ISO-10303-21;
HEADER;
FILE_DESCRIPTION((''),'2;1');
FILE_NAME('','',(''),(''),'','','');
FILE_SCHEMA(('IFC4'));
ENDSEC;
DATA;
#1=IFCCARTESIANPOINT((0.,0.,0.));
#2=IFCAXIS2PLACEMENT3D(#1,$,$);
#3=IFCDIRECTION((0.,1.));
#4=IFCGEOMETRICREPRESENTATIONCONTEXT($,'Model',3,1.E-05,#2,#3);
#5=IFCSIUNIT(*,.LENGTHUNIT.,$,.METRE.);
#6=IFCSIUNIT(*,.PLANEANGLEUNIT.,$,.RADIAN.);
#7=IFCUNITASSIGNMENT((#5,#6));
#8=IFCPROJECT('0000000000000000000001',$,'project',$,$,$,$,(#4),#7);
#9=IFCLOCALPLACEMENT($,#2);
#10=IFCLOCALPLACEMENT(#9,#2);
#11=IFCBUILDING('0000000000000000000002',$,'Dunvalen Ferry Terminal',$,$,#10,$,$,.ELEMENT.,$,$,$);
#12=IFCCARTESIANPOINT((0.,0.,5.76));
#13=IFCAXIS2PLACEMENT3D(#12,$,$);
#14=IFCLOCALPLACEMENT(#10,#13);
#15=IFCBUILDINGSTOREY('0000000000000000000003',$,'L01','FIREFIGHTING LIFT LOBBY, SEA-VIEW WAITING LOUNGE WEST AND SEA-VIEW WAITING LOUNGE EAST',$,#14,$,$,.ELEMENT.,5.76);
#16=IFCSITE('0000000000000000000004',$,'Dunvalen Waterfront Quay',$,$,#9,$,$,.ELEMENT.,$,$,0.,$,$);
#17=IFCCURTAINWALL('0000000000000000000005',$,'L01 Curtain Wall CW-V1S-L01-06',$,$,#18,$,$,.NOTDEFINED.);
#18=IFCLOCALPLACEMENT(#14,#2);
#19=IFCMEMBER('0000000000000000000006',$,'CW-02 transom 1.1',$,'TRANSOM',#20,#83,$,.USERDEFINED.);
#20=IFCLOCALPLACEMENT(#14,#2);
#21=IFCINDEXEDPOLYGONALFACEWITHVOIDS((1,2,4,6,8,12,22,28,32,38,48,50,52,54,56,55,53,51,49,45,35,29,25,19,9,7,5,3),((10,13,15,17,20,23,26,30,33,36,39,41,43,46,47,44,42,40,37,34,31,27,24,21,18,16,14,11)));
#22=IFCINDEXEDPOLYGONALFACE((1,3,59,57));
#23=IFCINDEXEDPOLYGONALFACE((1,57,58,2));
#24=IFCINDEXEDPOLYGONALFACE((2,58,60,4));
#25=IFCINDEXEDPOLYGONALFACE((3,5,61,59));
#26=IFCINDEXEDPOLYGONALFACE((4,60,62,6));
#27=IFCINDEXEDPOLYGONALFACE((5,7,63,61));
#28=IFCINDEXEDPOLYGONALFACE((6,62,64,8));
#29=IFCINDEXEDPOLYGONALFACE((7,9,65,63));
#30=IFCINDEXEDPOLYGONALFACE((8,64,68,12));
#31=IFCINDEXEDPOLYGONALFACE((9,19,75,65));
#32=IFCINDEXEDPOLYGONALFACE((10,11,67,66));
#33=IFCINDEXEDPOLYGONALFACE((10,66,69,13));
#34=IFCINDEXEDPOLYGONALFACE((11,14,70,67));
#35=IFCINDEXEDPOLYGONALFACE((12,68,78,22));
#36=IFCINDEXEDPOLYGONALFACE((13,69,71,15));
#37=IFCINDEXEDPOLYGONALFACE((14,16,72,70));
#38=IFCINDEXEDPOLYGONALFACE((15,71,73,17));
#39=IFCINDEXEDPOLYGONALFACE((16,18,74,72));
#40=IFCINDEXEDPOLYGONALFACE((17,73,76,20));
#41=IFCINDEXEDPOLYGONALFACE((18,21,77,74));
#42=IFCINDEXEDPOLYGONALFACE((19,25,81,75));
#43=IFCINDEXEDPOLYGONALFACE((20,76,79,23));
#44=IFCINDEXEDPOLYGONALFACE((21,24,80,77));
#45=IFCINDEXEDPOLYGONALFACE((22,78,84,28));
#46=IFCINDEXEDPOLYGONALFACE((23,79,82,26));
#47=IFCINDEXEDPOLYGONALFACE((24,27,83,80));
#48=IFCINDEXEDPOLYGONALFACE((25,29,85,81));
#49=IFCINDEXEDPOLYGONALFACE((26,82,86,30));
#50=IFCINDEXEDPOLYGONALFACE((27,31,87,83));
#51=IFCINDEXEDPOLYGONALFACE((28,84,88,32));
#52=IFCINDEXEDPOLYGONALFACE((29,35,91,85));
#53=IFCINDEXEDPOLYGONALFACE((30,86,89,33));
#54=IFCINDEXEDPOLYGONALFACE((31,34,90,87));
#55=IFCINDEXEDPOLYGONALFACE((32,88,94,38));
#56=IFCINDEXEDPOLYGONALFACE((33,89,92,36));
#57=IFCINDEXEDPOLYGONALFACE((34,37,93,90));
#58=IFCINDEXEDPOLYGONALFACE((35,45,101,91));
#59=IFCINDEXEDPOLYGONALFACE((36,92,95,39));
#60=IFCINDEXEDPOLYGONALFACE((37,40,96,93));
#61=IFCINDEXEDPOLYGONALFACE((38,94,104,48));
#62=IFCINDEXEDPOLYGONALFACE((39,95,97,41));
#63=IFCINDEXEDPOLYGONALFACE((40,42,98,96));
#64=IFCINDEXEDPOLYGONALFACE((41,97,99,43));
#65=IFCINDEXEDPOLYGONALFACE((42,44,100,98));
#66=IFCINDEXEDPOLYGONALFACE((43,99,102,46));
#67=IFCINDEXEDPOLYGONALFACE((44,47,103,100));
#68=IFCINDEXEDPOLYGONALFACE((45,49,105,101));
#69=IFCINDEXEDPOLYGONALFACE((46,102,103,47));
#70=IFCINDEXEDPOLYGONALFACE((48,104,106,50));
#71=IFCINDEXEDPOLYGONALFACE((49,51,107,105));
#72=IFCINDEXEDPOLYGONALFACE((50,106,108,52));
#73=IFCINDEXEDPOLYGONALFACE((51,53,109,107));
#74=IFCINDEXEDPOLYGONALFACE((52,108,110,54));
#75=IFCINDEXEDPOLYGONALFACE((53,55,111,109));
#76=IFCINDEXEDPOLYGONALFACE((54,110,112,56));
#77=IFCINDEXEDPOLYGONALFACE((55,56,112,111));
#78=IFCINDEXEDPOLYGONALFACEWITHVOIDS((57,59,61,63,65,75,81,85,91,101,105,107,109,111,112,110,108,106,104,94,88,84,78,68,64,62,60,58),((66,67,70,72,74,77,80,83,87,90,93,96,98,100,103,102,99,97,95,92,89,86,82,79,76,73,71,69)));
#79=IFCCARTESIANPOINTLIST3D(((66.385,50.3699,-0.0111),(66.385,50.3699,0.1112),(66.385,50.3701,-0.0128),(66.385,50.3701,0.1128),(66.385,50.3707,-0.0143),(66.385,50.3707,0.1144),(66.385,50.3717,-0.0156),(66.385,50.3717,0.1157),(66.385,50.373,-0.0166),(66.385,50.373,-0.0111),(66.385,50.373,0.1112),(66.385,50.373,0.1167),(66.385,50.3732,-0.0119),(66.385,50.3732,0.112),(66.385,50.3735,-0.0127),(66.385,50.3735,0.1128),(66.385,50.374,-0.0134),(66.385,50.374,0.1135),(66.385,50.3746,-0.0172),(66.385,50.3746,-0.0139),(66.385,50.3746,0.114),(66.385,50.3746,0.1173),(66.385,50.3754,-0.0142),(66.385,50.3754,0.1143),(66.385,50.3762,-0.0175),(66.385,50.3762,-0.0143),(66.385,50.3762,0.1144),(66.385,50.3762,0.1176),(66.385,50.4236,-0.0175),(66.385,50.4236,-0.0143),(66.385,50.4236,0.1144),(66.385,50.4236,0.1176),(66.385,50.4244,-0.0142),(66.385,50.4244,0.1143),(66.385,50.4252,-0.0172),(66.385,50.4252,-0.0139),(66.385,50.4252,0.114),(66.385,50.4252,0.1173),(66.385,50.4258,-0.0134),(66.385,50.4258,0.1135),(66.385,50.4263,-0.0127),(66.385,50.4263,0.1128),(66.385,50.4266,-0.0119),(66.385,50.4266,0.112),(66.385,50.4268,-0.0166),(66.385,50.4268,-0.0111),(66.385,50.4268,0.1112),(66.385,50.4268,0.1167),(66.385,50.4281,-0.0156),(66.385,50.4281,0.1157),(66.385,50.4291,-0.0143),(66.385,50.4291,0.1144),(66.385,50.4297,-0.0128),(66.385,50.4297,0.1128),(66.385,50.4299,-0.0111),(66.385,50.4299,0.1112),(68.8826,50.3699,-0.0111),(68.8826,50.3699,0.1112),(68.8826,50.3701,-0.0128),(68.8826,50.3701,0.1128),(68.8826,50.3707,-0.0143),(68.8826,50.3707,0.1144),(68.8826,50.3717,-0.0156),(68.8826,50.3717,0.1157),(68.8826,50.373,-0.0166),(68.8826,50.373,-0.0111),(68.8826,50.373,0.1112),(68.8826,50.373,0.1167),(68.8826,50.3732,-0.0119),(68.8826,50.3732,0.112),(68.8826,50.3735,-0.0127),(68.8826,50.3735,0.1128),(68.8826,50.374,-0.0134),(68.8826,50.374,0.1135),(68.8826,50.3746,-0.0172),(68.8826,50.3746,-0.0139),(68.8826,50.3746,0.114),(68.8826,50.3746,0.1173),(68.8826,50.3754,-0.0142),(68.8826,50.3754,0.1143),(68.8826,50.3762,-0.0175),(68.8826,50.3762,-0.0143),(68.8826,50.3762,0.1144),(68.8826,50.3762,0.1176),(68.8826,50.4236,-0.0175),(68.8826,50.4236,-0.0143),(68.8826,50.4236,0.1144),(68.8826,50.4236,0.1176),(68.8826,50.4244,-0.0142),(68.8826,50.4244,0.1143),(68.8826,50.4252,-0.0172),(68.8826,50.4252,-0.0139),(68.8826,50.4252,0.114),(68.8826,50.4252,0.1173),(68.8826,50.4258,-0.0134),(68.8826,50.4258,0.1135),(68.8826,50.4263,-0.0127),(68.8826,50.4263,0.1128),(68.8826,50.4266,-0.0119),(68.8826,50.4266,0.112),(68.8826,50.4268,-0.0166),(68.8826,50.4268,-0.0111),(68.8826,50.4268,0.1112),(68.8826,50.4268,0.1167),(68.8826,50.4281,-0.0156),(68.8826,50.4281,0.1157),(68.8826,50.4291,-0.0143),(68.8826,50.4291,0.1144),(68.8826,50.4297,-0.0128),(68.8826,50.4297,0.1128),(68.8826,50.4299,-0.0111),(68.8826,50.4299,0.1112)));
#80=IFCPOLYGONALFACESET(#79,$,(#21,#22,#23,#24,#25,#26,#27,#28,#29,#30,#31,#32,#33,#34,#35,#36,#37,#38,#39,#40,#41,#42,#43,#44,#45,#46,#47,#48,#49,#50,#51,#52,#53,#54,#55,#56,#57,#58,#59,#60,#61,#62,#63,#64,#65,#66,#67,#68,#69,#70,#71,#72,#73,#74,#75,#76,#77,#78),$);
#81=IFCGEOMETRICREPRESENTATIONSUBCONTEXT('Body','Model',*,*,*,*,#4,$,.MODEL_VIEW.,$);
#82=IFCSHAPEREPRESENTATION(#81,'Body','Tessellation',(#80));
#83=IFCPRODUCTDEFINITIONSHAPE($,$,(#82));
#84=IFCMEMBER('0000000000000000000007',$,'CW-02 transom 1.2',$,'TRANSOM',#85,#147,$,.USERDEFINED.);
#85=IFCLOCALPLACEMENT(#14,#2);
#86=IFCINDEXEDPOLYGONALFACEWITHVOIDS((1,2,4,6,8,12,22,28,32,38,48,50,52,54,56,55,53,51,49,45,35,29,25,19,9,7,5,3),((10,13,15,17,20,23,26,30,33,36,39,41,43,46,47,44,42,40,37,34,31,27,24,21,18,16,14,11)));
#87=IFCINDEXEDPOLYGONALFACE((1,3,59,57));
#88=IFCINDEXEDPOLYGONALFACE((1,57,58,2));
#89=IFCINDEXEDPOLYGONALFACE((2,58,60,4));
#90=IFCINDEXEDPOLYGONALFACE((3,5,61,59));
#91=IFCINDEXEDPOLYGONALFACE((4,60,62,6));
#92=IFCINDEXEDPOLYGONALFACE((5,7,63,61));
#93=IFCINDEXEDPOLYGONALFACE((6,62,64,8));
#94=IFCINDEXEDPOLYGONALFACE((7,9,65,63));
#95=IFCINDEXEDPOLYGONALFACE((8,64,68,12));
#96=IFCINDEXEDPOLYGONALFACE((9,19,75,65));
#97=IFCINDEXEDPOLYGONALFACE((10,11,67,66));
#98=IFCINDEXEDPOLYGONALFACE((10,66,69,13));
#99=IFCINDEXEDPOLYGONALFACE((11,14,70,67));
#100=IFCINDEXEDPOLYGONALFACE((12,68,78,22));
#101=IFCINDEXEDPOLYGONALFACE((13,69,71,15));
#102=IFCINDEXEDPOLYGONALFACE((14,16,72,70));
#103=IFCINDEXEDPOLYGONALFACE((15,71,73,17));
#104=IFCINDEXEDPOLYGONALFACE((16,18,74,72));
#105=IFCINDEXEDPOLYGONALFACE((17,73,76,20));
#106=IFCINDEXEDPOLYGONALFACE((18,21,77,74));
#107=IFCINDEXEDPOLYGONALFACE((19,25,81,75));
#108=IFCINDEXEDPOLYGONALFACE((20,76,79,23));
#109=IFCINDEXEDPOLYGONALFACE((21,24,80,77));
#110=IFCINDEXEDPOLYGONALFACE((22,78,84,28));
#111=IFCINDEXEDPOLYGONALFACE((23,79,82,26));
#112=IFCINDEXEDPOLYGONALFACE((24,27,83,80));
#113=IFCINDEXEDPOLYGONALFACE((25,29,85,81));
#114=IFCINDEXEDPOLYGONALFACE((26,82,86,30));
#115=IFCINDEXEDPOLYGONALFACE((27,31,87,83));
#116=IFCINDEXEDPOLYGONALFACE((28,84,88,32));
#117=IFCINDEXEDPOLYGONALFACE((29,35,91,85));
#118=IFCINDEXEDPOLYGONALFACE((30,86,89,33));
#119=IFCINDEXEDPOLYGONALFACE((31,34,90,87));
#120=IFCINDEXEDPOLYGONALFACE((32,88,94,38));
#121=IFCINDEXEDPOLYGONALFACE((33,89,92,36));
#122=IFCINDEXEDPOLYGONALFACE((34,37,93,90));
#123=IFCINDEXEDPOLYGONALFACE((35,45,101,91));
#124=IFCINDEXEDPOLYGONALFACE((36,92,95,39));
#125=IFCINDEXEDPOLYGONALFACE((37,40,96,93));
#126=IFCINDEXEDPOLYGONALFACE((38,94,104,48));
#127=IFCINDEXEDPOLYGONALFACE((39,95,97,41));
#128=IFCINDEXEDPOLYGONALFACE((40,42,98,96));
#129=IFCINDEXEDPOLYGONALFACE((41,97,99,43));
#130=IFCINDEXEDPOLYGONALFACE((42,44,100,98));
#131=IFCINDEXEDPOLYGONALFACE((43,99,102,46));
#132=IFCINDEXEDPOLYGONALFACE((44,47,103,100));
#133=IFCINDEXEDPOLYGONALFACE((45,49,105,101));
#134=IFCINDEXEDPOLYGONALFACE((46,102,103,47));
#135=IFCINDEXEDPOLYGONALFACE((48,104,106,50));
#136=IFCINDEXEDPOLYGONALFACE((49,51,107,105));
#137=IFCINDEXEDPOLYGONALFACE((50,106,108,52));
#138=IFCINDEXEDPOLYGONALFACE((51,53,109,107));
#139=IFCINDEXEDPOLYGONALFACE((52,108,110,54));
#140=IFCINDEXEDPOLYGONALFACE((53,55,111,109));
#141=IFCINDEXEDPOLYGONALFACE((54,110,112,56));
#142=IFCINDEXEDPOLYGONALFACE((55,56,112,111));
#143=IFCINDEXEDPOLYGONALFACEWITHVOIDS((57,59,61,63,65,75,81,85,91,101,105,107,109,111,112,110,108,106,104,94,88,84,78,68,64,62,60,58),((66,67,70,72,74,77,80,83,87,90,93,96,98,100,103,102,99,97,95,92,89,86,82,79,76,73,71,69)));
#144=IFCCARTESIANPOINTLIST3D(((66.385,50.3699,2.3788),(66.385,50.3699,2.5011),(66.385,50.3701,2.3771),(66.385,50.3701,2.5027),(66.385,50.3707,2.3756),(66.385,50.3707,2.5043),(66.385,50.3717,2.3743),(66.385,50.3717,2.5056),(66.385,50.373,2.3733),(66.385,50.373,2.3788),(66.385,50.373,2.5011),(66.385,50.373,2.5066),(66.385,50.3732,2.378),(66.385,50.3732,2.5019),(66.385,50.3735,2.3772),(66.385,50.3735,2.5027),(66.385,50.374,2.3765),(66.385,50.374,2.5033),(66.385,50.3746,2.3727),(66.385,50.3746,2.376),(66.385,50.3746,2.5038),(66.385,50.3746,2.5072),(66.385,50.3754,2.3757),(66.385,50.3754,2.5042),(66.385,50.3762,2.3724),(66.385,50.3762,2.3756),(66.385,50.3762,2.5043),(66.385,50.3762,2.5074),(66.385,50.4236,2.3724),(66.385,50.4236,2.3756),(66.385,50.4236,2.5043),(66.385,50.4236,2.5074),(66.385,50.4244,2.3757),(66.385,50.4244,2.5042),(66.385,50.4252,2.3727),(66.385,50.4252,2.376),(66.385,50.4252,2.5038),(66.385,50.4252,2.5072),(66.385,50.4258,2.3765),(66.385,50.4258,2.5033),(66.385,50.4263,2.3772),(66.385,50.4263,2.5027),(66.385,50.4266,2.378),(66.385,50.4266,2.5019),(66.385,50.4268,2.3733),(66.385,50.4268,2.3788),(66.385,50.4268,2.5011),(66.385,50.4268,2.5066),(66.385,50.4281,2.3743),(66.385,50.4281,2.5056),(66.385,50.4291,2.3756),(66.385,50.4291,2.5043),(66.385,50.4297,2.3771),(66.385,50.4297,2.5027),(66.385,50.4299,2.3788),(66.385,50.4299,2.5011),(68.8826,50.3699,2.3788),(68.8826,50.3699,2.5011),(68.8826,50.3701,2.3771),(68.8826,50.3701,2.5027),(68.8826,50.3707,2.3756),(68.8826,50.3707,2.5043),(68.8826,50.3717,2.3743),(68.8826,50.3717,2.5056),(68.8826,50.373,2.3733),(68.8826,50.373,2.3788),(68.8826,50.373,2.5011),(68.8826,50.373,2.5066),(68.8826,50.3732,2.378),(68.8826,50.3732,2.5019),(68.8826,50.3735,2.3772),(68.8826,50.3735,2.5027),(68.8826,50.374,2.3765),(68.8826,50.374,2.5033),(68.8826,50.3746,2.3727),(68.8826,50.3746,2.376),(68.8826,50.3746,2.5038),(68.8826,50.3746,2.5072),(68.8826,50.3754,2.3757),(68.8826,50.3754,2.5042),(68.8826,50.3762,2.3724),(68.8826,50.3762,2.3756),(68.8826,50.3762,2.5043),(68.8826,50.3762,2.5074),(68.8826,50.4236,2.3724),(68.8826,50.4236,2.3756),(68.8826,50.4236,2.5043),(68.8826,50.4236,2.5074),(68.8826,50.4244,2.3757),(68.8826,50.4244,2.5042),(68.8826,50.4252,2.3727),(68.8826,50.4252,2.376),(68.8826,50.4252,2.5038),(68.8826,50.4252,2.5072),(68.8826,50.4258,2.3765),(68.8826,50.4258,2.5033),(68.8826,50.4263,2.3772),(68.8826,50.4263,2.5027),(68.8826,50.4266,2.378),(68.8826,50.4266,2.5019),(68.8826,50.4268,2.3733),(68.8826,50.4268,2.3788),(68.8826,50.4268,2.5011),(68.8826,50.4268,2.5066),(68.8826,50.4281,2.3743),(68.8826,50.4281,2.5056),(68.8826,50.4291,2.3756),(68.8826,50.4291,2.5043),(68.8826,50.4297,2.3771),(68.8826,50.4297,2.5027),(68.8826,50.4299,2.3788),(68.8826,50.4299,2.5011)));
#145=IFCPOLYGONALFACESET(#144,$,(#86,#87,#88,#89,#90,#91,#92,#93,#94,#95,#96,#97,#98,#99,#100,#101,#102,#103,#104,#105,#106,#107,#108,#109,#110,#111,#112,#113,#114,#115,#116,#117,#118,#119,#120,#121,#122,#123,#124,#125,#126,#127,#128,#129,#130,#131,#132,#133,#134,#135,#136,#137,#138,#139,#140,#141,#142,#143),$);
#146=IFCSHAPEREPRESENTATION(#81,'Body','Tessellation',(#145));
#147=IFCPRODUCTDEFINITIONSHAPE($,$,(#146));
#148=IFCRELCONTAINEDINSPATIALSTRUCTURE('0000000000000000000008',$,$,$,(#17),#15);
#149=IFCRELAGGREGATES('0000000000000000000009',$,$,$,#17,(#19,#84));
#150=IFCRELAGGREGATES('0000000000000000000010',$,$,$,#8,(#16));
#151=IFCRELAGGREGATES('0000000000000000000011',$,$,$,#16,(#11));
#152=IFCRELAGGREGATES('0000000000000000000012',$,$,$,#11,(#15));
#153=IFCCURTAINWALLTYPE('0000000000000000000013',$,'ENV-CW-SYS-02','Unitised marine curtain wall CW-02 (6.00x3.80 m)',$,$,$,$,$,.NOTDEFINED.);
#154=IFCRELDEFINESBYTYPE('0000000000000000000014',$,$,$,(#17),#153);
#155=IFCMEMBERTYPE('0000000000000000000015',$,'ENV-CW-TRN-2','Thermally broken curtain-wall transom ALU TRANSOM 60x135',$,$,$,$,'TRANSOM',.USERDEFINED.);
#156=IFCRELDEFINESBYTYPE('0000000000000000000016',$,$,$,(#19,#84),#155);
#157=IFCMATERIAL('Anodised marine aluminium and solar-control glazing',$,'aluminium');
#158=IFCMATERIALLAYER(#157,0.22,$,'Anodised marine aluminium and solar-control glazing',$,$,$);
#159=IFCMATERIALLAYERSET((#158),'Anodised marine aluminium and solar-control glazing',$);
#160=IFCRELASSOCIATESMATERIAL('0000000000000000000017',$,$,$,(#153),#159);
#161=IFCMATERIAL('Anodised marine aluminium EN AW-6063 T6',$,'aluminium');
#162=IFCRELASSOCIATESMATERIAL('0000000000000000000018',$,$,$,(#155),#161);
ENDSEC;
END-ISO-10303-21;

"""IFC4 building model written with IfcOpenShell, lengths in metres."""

from ifc_helpers import new_model, si_unit, direction, frame, origin, origin_2d, place, context, subcontext, project, spatial, hollow_rectangle, extrude, material, layer, layer_set, material_profile, profile_set, type_object, element, aggregate, save


model = new_model("IFC4")

# Units and contexts
model_context = context("Model", 3, precision=1e-05, world=origin(), true_north=direction((0.0, 1.0)))
body_context = subcontext(model_context, "Body", "Model", "MODEL_VIEW")
ifc_project = project(units=[si_unit("LENGTHUNIT", "METRE"), si_unit("PLANEANGLEUNIT", "RADIAN")], contexts=[model_context])

# Site, building, storey
site_placement = place(None, origin())
site = spatial("IfcSite", under=ifc_project, at=site_placement, Name="Dunvalen Waterfront Quay", CompositionType="ELEMENT", RefElevation=0.0)
building_placement = place(site_placement, origin())
building = spatial("IfcBuilding", under=site, at=building_placement, Name="Dunvalen Ferry Terminal", CompositionType="ELEMENT")
storey_placement = place(building_placement, frame((0.0, 0.0, 5.76)))
storey = spatial("IfcBuildingStorey", under=building, at=storey_placement, Name="L01", Description="FIREFIGHTING LIFT LOBBY, SEA-VIEW WAITING LOUNGE WEST AND SEA-VIEW WAITING LOUNGE EAST", CompositionType="ELEMENT", Elevation=5.76)

# Shared definitions
ifc_material_1 = material(Name="Anodised marine aluminium and solar-control glazing", Category="aluminium")
ifc_layer_1 = layer(ifc_material_1, 0.22, Name="Anodised marine aluminium and solar-control glazing")
ifc_layer_set_1 = layer_set([ifc_layer_1], Name="Anodised marine aluminium and solar-control glazing")
curtain_wall_type = type_object("IfcCurtainWallType", Name="ENV-CW-SYS-02", Description="Unitised marine curtain wall CW-02 (6.00x3.80 m)", PredefinedType="NOTDEFINED", material=ifc_layer_set_1)
ifc_material_2 = material(Name="Anodised marine aluminium EN AW-6063 T6", Category="aluminium")

# Curtain wall
curtain_wall_1_placement = place(storey_placement, origin())
curtain_wall_1 = element("IfcCurtainWall", 1, at=curtain_wall_1_placement, inside=storey, type_object=curtain_wall_type, Name="L01 Curtain Wall CW-V1S-L01-06", PredefinedType="NOTDEFINED")

# Members
ifc_material_profile_1 = material_profile(ifc_material_2, hollow_rectangle(XDim=0.0601, YDim=0.135, WallThickness=0.0032, InnerFilletRadius=0.0032, OuterFilletRadius=0.0063, at=origin_2d()), Name="Anodised marine aluminium EN AW-6063 T6")
ifc_profile_set_1 = profile_set([ifc_material_profile_1], Name="Anodised marine aluminium EN AW-6063 T6")
member_type_1 = type_object("IfcMemberType", Name="ENV-CW-TRN-2", Description="Thermally broken curtain-wall transom ALU TRANSOM 60x135", ElementType="TRANSOM", PredefinedType="USERDEFINED", material=ifc_profile_set_1)
member_1_placement = place(storey_placement, frame((66.385, 50.3999, 0.05), z_axis=(1.0, 0.0, 0.0), x_axis=(0.0, 1.0, 0.0)))
member_1 = element("IfcMember", 2, at=member_1_placement, type_object=member_type_1, Name="CW-02 transom 1.1", ObjectType="TRANSOM", PredefinedType="USERDEFINED", context=body_context, shape_type="SweptSolid", body=[
    extrude(hollow_rectangle(XDim=0.0601, YDim=0.135, WallThickness=0.0032, InnerFilletRadius=0.0032, OuterFilletRadius=0.0063, at=origin_2d()), origin(), (0.0, 0.0, 1.0), 2.4976),
])
member_2_placement = place(storey_placement, frame((66.385, 50.3999, 2.4399), z_axis=(1.0, 0.0, 0.0), x_axis=(0.0, 1.0, 0.0)))
member_2 = element("IfcMember", 3, at=member_2_placement, type_object=member_type_1, Name="CW-02 transom 1.2", ObjectType="TRANSOM", PredefinedType="USERDEFINED", context=body_context, shape_type="SweptSolid", body=[
    extrude(hollow_rectangle(XDim=0.0601, YDim=0.135, WallThickness=0.0032, InnerFilletRadius=0.0032, OuterFilletRadius=0.0063, at=origin_2d()), origin(), (0.0, 0.0, 1.0), 2.4976),
])

aggregate(curtain_wall_1, [member_1, member_2])

save(model, "model.ifc")
